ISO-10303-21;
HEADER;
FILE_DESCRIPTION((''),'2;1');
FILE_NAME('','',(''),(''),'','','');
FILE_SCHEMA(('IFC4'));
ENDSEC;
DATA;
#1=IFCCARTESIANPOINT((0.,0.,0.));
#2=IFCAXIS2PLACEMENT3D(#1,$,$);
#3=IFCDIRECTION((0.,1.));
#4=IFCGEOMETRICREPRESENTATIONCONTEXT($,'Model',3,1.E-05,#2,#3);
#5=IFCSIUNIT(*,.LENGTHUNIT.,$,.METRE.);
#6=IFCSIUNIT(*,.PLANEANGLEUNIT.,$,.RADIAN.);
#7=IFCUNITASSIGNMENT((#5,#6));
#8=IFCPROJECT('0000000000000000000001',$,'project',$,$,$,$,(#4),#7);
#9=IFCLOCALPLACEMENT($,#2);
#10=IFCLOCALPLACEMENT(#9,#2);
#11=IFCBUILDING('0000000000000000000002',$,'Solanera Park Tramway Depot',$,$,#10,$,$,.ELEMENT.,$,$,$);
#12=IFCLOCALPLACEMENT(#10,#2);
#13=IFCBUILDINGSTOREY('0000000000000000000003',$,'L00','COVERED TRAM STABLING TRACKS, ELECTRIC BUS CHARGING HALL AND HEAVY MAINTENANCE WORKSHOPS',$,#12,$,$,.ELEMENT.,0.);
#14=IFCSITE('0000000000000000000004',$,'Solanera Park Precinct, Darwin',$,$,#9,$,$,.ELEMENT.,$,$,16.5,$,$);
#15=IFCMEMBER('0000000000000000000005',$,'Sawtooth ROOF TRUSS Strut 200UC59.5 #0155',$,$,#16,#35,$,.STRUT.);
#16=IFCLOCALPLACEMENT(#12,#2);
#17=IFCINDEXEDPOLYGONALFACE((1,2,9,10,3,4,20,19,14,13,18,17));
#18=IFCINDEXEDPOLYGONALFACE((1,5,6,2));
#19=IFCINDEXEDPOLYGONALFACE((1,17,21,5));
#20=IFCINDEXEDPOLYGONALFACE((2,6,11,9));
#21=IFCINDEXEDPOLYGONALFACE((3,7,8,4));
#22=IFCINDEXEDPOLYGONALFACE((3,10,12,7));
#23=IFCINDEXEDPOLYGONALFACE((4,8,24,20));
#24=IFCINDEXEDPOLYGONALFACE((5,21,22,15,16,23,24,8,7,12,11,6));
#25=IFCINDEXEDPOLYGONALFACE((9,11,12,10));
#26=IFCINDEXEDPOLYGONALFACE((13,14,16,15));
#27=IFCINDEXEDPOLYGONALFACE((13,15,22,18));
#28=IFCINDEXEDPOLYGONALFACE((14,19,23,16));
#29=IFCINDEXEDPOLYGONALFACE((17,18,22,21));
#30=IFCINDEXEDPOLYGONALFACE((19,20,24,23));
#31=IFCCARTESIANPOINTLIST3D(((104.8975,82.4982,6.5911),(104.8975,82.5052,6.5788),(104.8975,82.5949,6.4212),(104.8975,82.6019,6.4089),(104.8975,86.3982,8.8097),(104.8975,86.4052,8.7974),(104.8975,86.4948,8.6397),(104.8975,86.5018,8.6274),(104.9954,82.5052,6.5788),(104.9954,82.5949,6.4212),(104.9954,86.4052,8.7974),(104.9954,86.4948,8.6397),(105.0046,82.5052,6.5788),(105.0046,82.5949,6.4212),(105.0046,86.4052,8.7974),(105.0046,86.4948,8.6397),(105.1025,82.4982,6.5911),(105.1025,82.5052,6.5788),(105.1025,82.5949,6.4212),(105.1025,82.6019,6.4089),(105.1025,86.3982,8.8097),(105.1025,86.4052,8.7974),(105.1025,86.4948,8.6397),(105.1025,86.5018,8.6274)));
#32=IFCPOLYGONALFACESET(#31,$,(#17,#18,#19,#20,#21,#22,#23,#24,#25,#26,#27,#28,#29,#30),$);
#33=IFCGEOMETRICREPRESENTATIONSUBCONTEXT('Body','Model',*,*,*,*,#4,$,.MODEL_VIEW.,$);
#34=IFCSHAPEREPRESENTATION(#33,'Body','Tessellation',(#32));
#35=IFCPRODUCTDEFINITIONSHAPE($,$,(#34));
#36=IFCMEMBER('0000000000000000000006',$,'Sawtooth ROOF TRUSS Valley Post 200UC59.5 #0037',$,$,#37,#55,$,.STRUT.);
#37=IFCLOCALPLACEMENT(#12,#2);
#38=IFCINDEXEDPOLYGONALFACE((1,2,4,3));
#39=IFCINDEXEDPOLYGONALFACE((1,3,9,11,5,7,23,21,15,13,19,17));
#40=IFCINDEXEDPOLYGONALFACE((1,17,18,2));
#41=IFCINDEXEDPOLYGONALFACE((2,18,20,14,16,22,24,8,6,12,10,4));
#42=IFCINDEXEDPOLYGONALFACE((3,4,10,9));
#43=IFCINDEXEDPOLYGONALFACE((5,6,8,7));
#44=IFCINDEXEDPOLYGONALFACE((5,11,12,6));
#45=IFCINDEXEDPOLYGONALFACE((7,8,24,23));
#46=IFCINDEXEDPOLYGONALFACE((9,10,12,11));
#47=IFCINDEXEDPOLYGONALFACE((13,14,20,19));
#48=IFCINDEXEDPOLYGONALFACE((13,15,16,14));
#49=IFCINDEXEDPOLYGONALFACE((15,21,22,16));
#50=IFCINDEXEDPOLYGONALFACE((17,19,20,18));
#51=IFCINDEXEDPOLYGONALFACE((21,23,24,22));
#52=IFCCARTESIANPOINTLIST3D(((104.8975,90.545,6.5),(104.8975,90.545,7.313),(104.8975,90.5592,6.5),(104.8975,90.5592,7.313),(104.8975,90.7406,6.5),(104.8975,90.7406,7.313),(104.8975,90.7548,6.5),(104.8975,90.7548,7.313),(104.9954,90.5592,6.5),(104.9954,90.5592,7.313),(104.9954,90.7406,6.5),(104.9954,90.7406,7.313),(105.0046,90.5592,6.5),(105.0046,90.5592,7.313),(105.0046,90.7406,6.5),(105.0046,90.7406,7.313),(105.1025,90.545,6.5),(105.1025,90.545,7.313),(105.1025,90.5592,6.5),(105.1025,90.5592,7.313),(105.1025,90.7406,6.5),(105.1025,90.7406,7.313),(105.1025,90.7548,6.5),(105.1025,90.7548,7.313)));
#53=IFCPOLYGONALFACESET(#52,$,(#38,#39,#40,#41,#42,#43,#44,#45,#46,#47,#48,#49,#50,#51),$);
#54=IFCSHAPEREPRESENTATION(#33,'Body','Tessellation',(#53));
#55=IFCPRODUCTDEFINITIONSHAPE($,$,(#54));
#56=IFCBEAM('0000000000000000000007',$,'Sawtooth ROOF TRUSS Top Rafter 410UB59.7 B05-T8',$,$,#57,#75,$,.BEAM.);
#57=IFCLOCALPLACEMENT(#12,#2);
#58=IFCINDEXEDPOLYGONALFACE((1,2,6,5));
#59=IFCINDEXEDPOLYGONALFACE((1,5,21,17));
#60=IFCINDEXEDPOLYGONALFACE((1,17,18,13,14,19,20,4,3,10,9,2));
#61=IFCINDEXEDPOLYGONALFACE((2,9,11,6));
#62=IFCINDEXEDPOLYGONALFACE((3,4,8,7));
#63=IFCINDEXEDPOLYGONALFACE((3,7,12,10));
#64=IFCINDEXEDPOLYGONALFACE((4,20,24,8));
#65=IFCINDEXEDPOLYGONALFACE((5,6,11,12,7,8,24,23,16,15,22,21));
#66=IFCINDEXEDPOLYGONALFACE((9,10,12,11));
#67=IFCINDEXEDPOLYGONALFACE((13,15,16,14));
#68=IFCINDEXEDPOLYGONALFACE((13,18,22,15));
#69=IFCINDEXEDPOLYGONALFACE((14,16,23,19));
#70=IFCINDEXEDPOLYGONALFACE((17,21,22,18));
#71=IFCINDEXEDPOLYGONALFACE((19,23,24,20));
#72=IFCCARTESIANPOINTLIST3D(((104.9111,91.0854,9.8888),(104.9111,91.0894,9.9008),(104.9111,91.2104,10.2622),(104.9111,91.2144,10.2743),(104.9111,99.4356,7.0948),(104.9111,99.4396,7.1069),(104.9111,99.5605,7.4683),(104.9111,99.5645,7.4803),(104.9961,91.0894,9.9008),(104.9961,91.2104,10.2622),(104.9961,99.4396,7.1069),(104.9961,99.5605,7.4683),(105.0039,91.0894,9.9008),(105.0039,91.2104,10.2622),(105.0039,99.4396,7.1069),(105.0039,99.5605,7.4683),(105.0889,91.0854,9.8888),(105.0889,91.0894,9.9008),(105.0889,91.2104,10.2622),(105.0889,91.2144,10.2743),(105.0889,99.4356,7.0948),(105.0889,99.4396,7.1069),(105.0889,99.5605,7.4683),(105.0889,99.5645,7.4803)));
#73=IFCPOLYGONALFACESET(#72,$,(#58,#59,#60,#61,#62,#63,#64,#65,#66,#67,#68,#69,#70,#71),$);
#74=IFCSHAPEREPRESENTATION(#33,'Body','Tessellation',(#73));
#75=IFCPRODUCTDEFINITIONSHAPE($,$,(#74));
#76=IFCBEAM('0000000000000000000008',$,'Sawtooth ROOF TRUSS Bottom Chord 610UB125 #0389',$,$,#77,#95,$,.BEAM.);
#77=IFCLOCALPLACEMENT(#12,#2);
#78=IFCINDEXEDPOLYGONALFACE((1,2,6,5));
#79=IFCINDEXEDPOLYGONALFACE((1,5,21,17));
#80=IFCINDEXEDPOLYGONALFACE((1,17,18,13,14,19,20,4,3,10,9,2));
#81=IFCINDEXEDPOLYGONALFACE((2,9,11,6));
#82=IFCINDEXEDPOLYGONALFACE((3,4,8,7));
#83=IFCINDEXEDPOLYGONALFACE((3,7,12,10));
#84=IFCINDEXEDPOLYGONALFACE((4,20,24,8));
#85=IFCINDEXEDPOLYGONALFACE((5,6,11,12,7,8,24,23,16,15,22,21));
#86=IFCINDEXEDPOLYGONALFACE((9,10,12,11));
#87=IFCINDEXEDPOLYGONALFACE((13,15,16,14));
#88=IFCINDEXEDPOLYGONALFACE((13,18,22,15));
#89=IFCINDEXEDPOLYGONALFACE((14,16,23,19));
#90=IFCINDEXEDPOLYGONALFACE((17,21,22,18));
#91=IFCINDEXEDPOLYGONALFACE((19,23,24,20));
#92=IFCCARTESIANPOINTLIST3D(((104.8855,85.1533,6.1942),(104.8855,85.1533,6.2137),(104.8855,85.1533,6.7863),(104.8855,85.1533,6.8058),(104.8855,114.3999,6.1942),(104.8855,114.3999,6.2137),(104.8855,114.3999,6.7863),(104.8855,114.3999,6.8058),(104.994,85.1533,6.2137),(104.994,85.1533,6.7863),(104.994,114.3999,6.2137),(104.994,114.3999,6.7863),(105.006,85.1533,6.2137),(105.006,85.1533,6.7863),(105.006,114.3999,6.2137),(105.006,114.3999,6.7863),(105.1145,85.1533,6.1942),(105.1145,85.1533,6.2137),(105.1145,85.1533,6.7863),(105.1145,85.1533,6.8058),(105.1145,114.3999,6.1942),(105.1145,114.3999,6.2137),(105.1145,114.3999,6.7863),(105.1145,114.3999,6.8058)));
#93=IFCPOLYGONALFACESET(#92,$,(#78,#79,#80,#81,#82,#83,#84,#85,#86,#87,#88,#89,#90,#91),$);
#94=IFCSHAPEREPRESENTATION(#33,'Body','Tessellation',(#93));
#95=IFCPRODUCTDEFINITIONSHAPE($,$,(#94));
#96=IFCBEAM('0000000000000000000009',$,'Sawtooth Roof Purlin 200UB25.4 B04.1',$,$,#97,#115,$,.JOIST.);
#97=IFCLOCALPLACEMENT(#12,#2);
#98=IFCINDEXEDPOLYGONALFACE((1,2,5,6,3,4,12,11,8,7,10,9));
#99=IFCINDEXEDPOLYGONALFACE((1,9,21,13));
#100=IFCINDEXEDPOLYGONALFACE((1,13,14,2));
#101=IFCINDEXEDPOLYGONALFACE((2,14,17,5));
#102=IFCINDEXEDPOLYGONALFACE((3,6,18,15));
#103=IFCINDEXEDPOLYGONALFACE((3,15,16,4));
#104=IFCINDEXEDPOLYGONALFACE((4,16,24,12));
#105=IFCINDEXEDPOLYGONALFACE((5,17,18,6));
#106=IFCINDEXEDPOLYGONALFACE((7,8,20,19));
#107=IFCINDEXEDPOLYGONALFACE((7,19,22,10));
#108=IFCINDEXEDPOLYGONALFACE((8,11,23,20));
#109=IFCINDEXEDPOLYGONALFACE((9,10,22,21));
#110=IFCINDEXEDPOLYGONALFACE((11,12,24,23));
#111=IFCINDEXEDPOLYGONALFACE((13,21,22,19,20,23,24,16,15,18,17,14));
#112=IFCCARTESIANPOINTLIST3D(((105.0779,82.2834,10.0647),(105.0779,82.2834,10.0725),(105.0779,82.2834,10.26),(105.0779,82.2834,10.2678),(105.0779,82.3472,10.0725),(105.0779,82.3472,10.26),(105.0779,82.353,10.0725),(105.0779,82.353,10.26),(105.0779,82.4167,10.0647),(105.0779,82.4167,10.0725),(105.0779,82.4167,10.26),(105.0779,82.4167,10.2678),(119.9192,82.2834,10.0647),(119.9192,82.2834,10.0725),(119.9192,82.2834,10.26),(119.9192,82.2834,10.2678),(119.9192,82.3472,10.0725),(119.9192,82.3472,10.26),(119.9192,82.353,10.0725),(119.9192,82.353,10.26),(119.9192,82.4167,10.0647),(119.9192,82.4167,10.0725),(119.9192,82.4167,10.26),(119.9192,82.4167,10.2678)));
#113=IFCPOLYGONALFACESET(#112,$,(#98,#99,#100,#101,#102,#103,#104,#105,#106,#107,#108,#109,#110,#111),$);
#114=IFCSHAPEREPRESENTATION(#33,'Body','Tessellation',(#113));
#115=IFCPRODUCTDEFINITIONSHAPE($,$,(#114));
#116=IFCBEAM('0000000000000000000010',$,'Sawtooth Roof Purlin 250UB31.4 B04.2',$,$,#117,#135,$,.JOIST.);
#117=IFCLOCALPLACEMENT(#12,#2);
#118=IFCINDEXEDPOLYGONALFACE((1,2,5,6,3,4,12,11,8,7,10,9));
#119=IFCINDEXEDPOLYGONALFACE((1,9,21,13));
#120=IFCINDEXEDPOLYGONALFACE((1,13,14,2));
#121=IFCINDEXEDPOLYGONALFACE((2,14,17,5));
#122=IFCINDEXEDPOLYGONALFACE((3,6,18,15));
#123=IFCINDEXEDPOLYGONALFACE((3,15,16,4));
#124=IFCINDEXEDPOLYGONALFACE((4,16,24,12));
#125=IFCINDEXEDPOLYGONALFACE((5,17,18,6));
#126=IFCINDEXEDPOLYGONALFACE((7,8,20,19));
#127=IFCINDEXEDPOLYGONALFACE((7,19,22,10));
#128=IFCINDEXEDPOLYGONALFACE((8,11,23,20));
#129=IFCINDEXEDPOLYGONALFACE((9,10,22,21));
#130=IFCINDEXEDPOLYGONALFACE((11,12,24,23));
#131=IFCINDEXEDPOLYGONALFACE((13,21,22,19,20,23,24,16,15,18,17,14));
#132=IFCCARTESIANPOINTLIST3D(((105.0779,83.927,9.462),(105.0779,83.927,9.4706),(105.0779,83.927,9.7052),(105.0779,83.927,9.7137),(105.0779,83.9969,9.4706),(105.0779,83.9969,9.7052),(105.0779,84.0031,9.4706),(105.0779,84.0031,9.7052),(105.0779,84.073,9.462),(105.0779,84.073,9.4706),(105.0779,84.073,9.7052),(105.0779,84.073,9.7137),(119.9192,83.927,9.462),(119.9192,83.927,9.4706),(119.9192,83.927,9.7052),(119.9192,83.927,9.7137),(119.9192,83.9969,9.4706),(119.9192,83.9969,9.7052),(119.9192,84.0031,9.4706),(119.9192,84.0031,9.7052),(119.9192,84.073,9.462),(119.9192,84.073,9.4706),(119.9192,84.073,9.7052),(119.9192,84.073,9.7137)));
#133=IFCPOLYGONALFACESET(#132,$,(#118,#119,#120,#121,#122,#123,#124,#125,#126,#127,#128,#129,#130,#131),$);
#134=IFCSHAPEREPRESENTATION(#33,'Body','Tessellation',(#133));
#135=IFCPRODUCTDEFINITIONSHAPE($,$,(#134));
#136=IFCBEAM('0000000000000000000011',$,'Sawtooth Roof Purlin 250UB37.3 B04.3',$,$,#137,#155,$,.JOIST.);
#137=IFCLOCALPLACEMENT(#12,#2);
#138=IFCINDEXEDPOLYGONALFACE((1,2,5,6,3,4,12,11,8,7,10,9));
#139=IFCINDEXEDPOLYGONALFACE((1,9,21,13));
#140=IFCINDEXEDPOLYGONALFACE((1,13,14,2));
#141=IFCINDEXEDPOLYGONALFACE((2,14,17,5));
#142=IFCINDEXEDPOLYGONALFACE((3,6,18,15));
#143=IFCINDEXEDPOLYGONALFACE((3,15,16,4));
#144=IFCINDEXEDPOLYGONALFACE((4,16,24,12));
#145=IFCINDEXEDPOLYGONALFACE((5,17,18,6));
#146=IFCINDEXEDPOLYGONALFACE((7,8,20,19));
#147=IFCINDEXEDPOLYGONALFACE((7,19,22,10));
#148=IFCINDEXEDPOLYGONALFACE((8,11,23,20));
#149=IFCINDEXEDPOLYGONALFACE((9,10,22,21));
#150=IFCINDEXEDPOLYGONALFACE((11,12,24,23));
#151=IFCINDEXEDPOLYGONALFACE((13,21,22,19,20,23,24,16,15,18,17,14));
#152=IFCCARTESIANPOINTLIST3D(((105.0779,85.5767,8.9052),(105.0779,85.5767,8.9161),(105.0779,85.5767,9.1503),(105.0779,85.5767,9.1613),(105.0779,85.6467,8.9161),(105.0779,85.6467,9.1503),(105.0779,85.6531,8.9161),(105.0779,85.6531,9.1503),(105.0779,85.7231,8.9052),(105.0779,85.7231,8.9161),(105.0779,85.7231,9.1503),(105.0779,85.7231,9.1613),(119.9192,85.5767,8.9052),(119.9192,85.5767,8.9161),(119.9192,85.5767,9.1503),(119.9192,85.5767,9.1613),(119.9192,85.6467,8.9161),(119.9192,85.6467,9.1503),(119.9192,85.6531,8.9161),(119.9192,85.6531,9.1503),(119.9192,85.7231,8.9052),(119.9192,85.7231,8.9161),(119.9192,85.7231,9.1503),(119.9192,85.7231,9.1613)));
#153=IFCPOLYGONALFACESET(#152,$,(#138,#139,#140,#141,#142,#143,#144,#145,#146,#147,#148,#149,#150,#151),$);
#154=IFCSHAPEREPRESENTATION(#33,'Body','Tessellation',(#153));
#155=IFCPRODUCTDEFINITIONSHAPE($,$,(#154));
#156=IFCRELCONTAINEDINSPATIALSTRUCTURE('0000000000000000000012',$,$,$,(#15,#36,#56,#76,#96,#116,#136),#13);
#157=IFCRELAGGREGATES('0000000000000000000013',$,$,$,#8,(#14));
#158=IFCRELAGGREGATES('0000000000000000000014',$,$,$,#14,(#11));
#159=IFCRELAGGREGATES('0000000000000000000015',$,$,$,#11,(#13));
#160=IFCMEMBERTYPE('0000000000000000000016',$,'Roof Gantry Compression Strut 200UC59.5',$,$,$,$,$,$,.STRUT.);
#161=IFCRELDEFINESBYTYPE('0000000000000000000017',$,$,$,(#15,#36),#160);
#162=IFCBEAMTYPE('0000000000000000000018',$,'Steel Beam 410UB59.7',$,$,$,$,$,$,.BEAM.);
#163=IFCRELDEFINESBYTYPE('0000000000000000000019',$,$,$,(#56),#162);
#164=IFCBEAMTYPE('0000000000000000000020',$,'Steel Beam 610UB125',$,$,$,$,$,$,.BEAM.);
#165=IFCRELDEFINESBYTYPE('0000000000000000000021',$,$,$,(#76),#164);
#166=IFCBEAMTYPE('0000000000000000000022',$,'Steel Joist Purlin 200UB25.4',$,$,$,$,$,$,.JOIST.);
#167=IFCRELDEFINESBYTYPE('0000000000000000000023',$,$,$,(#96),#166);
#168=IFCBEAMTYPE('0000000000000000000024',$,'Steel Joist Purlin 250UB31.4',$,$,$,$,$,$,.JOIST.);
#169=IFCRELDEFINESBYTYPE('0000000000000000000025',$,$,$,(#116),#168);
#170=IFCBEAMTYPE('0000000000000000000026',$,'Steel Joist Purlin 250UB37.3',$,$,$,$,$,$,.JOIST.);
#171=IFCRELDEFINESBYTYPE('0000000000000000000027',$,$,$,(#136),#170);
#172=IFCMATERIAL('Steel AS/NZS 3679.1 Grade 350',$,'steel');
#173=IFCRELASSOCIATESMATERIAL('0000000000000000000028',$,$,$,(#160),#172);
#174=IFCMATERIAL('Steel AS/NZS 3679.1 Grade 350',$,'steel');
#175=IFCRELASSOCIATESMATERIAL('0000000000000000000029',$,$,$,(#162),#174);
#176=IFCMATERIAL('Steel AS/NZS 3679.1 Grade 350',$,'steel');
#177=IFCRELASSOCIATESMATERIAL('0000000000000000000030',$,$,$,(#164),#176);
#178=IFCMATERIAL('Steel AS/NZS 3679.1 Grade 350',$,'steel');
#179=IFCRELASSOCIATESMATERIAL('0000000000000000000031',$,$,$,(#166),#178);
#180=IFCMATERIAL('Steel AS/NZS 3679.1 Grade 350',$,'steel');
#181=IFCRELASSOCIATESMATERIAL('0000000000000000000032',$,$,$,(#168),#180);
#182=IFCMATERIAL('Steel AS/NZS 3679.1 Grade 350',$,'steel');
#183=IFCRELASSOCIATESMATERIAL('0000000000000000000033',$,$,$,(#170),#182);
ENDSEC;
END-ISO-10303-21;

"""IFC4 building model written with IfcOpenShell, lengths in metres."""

from ifc_helpers import new_model, si_unit, direction, frame, origin, origin_2d, place, context, subcontext, project, spatial, i_section, extrude, material, material_profile, profile_set, type_object, element, save


model = new_model("IFC4")

# Units and contexts
model_context = context("Model", 3, precision=1e-05, world=origin(), true_north=direction((0.0, 1.0)))
body_context = subcontext(model_context, "Body", "Model", "MODEL_VIEW")
ifc_project = project(units=[si_unit("LENGTHUNIT", "METRE"), si_unit("PLANEANGLEUNIT", "RADIAN")], contexts=[model_context])

# Site, building, storey
site_placement = place(None, origin())
site = spatial("IfcSite", under=ifc_project, at=site_placement, Name="Solanera Park Precinct, Darwin", CompositionType="ELEMENT", RefElevation=16.5)
building_placement = place(site_placement, origin())
building = spatial("IfcBuilding", under=site, at=building_placement, Name="Solanera Park Tramway Depot", CompositionType="ELEMENT")
storey_placement = place(building_placement, origin())
storey = spatial("IfcBuildingStorey", under=building, at=storey_placement, Name="L00", Description="COVERED TRAM STABLING TRACKS, ELECTRIC BUS CHARGING HALL AND HEAVY MAINTENANCE WORKSHOPS", CompositionType="ELEMENT", Elevation=0.0)

# Members
ifc_material_1 = material(Name="Steel AS/NZS 3679.1 Grade 350", Category="steel")
ifc_material_profile_1 = material_profile(ifc_material_1, i_section(OverallWidth=0.2051, OverallDepth=0.2097, WebThickness=0.0093, FlangeThickness=0.0142, at=origin_2d()), Name="200UC59.5")
ifc_profile_set_1 = profile_set([ifc_material_profile_1], Name="Steel AS/NZS 3679.1 Grade 350")
member_type_1 = type_object("IfcMemberType", Name="Roof Gantry Compression Strut 200UC59.5", PredefinedType="STRUT", material=ifc_profile_set_1)
member_1_placement = place(storey_placement, frame((105.0, 82.55, 6.5), z_axis=(0.0, 0.869203, 0.494456), x_axis=(-1.0, 0.0, 0.0)))
element("IfcMember", 1, at=member_1_placement, inside=storey, type_object=member_type_1, Name="Sawtooth ROOF TRUSS Strut 200UC59.5 #0155", PredefinedType="STRUT", context=body_context, shape_type="SweptSolid", body=[
    extrude(i_section(OverallWidth=0.2051, OverallDepth=0.2097, WebThickness=0.0093, FlangeThickness=0.0142, at=origin_2d()), origin(), (0.0, 0.0, 1.0), 4.4868),
])
member_2_placement = place(storey_placement, frame((105.0, 90.6499, 6.5), z_axis=(0.0, 0.0, 1.0), x_axis=(1.0, 0.0, 0.0)))
element("IfcMember", 2, at=member_2_placement, inside=storey, type_object=member_type_1, Name="Sawtooth ROOF TRUSS Valley Post 200UC59.5 #0037", PredefinedType="STRUT", context=body_context, shape_type="SweptSolid", body=[
    extrude(i_section(OverallWidth=0.2051, OverallDepth=0.2097, WebThickness=0.0093, FlangeThickness=0.0142, at=origin_2d()), origin(), (0.0, 0.0, 1.0), 0.813),
])

# Beams
ifc_material_2 = material(Name="Steel AS/NZS 3679.1 Grade 350", Category="steel")
ifc_material_profile_2 = material_profile(ifc_material_2, i_section(OverallWidth=0.1777, OverallDepth=0.4065, WebThickness=0.0078, FlangeThickness=0.0127, at=origin_2d()), Name="410UB59.7")
ifc_profile_set_2 = profile_set([ifc_material_profile_2], Name="Steel AS/NZS 3679.1 Grade 350")
beam_type_1 = type_object("IfcBeamType", Name="Steel Beam 410UB59.7", PredefinedType="BEAM", material=ifc_profile_set_2)
beam_1_placement = place(storey_placement, frame((105.0, 91.1499, 10.0815), z_axis=(0.0, 0.948322, -0.317309), x_axis=(-1.0, 0.0, 0.0)))
element("IfcBeam", 3, at=beam_1_placement, inside=storey, type_object=beam_type_1, Name="Sawtooth ROOF TRUSS Top Rafter 410UB59.7 B05-T8", PredefinedType="BEAM", context=body_context, shape_type="SweptSolid", body=[
    extrude(i_section(OverallWidth=0.1777, OverallDepth=0.4065, WebThickness=0.0078, FlangeThickness=0.0127, at=origin_2d()), origin(), (0.0, 0.0, 1.0), 8.8052),
])
ifc_material_3 = material(Name="Steel AS/NZS 3679.1 Grade 350", Category="steel")
ifc_material_profile_3 = material_profile(ifc_material_3, i_section(OverallWidth=0.229, OverallDepth=0.6116, WebThickness=0.012, FlangeThickness=0.0195, at=origin_2d()), Name="610UB125")
ifc_profile_set_3 = profile_set([ifc_material_profile_3], Name="Steel AS/NZS 3679.1 Grade 350")
beam_type_2 = type_object("IfcBeamType", Name="Steel Beam 610UB125", PredefinedType="BEAM", material=ifc_profile_set_3)
beam_2_placement = place(storey_placement, frame((105.0, 85.1533, 6.5), z_axis=(0.0, 1.0, 0.0), x_axis=(-1.0, 0.0, 0.0)))
element("IfcBeam", 4, at=beam_2_placement, inside=storey, type_object=beam_type_2, Name="Sawtooth ROOF TRUSS Bottom Chord 610UB125 #0389", PredefinedType="BEAM", context=body_context, shape_type="SweptSolid", body=[
    extrude(i_section(OverallWidth=0.229, OverallDepth=0.6116, WebThickness=0.012, FlangeThickness=0.0195, at=origin_2d()), origin(), (0.0, 0.0, 1.0), 29.2466),
])
ifc_material_4 = material(Name="Steel AS/NZS 3679.1 Grade 350", Category="steel")
ifc_material_profile_4 = material_profile(ifc_material_4, i_section(OverallWidth=0.1333, OverallDepth=0.2031, WebThickness=0.0059, FlangeThickness=0.0078, at=origin_2d()), Name="200UB25.4")
ifc_profile_set_4 = profile_set([ifc_material_profile_4], Name="Steel AS/NZS 3679.1 Grade 350")
beam_type_3 = type_object("IfcBeamType", Name="Steel Joist Purlin 200UB25.4", PredefinedType="JOIST", material=ifc_profile_set_4)
beam_3_placement = place(storey_placement, frame((105.0779, 82.3501, 10.1663), z_axis=(1.0, 0.0, 0.0), x_axis=(0.0, 1.0, 0.0)))
element("IfcBeam", 5, at=beam_3_placement, inside=storey, type_object=beam_type_3, Name="Sawtooth Roof Purlin 200UB25.4 B04.1", PredefinedType="JOIST", context=body_context, shape_type="SweptSolid", body=[
    extrude(i_section(OverallWidth=0.1333, OverallDepth=0.2031, WebThickness=0.0059, FlangeThickness=0.0078, at=origin_2d()), origin(), (0.0, 0.0, 1.0), 14.8413),
])
ifc_material_5 = material(Name="Steel AS/NZS 3679.1 Grade 350", Category="steel")
ifc_material_profile_5 = material_profile(ifc_material_5, i_section(OverallWidth=0.146, OverallDepth=0.2517, WebThickness=0.0061, FlangeThickness=0.0085, at=origin_2d()), Name="250UB31.4")
ifc_profile_set_5 = profile_set([ifc_material_profile_5], Name="Steel AS/NZS 3679.1 Grade 350")
beam_type_4 = type_object("IfcBeamType", Name="Steel Joist Purlin 250UB31.4", PredefinedType="JOIST", material=ifc_profile_set_5)
beam_4_placement = place(storey_placement, frame((105.0779, 84.0, 9.5879), z_axis=(1.0, 0.0, 0.0), x_axis=(0.0, 1.0, 0.0)))
element("IfcBeam", 6, at=beam_4_placement, inside=storey, type_object=beam_type_4, Name="Sawtooth Roof Purlin 250UB31.4 B04.2", PredefinedType="JOIST", context=body_context, shape_type="SweptSolid", body=[
    extrude(i_section(OverallWidth=0.146, OverallDepth=0.2517, WebThickness=0.0061, FlangeThickness=0.0085, at=origin_2d()), origin(), (0.0, 0.0, 1.0), 14.8413),
])
ifc_material_6 = material(Name="Steel AS/NZS 3679.1 Grade 350", Category="steel")
ifc_material_profile_6 = material_profile(ifc_material_6, i_section(OverallWidth=0.1465, OverallDepth=0.2561, WebThickness=0.0063, FlangeThickness=0.011, at=origin_2d()), Name="250UB37.3")
ifc_profile_set_6 = profile_set([ifc_material_profile_6], Name="Steel AS/NZS 3679.1 Grade 350")
beam_type_5 = type_object("IfcBeamType", Name="Steel Joist Purlin 250UB37.3", PredefinedType="JOIST", material=ifc_profile_set_6)
beam_5_placement = place(storey_placement, frame((105.0779, 85.6499, 9.0332), z_axis=(1.0, 0.0, 0.0), x_axis=(0.0, 1.0, 0.0)))
element("IfcBeam", 7, at=beam_5_placement, inside=storey, type_object=beam_type_5, Name="Sawtooth Roof Purlin 250UB37.3 B04.3", PredefinedType="JOIST", context=body_context, shape_type="SweptSolid", body=[
    extrude(i_section(OverallWidth=0.1465, OverallDepth=0.2561, WebThickness=0.0063, FlangeThickness=0.011, at=origin_2d()), origin(), (0.0, 0.0, 1.0), 14.8413),
])

save(model, "model.ifc")
